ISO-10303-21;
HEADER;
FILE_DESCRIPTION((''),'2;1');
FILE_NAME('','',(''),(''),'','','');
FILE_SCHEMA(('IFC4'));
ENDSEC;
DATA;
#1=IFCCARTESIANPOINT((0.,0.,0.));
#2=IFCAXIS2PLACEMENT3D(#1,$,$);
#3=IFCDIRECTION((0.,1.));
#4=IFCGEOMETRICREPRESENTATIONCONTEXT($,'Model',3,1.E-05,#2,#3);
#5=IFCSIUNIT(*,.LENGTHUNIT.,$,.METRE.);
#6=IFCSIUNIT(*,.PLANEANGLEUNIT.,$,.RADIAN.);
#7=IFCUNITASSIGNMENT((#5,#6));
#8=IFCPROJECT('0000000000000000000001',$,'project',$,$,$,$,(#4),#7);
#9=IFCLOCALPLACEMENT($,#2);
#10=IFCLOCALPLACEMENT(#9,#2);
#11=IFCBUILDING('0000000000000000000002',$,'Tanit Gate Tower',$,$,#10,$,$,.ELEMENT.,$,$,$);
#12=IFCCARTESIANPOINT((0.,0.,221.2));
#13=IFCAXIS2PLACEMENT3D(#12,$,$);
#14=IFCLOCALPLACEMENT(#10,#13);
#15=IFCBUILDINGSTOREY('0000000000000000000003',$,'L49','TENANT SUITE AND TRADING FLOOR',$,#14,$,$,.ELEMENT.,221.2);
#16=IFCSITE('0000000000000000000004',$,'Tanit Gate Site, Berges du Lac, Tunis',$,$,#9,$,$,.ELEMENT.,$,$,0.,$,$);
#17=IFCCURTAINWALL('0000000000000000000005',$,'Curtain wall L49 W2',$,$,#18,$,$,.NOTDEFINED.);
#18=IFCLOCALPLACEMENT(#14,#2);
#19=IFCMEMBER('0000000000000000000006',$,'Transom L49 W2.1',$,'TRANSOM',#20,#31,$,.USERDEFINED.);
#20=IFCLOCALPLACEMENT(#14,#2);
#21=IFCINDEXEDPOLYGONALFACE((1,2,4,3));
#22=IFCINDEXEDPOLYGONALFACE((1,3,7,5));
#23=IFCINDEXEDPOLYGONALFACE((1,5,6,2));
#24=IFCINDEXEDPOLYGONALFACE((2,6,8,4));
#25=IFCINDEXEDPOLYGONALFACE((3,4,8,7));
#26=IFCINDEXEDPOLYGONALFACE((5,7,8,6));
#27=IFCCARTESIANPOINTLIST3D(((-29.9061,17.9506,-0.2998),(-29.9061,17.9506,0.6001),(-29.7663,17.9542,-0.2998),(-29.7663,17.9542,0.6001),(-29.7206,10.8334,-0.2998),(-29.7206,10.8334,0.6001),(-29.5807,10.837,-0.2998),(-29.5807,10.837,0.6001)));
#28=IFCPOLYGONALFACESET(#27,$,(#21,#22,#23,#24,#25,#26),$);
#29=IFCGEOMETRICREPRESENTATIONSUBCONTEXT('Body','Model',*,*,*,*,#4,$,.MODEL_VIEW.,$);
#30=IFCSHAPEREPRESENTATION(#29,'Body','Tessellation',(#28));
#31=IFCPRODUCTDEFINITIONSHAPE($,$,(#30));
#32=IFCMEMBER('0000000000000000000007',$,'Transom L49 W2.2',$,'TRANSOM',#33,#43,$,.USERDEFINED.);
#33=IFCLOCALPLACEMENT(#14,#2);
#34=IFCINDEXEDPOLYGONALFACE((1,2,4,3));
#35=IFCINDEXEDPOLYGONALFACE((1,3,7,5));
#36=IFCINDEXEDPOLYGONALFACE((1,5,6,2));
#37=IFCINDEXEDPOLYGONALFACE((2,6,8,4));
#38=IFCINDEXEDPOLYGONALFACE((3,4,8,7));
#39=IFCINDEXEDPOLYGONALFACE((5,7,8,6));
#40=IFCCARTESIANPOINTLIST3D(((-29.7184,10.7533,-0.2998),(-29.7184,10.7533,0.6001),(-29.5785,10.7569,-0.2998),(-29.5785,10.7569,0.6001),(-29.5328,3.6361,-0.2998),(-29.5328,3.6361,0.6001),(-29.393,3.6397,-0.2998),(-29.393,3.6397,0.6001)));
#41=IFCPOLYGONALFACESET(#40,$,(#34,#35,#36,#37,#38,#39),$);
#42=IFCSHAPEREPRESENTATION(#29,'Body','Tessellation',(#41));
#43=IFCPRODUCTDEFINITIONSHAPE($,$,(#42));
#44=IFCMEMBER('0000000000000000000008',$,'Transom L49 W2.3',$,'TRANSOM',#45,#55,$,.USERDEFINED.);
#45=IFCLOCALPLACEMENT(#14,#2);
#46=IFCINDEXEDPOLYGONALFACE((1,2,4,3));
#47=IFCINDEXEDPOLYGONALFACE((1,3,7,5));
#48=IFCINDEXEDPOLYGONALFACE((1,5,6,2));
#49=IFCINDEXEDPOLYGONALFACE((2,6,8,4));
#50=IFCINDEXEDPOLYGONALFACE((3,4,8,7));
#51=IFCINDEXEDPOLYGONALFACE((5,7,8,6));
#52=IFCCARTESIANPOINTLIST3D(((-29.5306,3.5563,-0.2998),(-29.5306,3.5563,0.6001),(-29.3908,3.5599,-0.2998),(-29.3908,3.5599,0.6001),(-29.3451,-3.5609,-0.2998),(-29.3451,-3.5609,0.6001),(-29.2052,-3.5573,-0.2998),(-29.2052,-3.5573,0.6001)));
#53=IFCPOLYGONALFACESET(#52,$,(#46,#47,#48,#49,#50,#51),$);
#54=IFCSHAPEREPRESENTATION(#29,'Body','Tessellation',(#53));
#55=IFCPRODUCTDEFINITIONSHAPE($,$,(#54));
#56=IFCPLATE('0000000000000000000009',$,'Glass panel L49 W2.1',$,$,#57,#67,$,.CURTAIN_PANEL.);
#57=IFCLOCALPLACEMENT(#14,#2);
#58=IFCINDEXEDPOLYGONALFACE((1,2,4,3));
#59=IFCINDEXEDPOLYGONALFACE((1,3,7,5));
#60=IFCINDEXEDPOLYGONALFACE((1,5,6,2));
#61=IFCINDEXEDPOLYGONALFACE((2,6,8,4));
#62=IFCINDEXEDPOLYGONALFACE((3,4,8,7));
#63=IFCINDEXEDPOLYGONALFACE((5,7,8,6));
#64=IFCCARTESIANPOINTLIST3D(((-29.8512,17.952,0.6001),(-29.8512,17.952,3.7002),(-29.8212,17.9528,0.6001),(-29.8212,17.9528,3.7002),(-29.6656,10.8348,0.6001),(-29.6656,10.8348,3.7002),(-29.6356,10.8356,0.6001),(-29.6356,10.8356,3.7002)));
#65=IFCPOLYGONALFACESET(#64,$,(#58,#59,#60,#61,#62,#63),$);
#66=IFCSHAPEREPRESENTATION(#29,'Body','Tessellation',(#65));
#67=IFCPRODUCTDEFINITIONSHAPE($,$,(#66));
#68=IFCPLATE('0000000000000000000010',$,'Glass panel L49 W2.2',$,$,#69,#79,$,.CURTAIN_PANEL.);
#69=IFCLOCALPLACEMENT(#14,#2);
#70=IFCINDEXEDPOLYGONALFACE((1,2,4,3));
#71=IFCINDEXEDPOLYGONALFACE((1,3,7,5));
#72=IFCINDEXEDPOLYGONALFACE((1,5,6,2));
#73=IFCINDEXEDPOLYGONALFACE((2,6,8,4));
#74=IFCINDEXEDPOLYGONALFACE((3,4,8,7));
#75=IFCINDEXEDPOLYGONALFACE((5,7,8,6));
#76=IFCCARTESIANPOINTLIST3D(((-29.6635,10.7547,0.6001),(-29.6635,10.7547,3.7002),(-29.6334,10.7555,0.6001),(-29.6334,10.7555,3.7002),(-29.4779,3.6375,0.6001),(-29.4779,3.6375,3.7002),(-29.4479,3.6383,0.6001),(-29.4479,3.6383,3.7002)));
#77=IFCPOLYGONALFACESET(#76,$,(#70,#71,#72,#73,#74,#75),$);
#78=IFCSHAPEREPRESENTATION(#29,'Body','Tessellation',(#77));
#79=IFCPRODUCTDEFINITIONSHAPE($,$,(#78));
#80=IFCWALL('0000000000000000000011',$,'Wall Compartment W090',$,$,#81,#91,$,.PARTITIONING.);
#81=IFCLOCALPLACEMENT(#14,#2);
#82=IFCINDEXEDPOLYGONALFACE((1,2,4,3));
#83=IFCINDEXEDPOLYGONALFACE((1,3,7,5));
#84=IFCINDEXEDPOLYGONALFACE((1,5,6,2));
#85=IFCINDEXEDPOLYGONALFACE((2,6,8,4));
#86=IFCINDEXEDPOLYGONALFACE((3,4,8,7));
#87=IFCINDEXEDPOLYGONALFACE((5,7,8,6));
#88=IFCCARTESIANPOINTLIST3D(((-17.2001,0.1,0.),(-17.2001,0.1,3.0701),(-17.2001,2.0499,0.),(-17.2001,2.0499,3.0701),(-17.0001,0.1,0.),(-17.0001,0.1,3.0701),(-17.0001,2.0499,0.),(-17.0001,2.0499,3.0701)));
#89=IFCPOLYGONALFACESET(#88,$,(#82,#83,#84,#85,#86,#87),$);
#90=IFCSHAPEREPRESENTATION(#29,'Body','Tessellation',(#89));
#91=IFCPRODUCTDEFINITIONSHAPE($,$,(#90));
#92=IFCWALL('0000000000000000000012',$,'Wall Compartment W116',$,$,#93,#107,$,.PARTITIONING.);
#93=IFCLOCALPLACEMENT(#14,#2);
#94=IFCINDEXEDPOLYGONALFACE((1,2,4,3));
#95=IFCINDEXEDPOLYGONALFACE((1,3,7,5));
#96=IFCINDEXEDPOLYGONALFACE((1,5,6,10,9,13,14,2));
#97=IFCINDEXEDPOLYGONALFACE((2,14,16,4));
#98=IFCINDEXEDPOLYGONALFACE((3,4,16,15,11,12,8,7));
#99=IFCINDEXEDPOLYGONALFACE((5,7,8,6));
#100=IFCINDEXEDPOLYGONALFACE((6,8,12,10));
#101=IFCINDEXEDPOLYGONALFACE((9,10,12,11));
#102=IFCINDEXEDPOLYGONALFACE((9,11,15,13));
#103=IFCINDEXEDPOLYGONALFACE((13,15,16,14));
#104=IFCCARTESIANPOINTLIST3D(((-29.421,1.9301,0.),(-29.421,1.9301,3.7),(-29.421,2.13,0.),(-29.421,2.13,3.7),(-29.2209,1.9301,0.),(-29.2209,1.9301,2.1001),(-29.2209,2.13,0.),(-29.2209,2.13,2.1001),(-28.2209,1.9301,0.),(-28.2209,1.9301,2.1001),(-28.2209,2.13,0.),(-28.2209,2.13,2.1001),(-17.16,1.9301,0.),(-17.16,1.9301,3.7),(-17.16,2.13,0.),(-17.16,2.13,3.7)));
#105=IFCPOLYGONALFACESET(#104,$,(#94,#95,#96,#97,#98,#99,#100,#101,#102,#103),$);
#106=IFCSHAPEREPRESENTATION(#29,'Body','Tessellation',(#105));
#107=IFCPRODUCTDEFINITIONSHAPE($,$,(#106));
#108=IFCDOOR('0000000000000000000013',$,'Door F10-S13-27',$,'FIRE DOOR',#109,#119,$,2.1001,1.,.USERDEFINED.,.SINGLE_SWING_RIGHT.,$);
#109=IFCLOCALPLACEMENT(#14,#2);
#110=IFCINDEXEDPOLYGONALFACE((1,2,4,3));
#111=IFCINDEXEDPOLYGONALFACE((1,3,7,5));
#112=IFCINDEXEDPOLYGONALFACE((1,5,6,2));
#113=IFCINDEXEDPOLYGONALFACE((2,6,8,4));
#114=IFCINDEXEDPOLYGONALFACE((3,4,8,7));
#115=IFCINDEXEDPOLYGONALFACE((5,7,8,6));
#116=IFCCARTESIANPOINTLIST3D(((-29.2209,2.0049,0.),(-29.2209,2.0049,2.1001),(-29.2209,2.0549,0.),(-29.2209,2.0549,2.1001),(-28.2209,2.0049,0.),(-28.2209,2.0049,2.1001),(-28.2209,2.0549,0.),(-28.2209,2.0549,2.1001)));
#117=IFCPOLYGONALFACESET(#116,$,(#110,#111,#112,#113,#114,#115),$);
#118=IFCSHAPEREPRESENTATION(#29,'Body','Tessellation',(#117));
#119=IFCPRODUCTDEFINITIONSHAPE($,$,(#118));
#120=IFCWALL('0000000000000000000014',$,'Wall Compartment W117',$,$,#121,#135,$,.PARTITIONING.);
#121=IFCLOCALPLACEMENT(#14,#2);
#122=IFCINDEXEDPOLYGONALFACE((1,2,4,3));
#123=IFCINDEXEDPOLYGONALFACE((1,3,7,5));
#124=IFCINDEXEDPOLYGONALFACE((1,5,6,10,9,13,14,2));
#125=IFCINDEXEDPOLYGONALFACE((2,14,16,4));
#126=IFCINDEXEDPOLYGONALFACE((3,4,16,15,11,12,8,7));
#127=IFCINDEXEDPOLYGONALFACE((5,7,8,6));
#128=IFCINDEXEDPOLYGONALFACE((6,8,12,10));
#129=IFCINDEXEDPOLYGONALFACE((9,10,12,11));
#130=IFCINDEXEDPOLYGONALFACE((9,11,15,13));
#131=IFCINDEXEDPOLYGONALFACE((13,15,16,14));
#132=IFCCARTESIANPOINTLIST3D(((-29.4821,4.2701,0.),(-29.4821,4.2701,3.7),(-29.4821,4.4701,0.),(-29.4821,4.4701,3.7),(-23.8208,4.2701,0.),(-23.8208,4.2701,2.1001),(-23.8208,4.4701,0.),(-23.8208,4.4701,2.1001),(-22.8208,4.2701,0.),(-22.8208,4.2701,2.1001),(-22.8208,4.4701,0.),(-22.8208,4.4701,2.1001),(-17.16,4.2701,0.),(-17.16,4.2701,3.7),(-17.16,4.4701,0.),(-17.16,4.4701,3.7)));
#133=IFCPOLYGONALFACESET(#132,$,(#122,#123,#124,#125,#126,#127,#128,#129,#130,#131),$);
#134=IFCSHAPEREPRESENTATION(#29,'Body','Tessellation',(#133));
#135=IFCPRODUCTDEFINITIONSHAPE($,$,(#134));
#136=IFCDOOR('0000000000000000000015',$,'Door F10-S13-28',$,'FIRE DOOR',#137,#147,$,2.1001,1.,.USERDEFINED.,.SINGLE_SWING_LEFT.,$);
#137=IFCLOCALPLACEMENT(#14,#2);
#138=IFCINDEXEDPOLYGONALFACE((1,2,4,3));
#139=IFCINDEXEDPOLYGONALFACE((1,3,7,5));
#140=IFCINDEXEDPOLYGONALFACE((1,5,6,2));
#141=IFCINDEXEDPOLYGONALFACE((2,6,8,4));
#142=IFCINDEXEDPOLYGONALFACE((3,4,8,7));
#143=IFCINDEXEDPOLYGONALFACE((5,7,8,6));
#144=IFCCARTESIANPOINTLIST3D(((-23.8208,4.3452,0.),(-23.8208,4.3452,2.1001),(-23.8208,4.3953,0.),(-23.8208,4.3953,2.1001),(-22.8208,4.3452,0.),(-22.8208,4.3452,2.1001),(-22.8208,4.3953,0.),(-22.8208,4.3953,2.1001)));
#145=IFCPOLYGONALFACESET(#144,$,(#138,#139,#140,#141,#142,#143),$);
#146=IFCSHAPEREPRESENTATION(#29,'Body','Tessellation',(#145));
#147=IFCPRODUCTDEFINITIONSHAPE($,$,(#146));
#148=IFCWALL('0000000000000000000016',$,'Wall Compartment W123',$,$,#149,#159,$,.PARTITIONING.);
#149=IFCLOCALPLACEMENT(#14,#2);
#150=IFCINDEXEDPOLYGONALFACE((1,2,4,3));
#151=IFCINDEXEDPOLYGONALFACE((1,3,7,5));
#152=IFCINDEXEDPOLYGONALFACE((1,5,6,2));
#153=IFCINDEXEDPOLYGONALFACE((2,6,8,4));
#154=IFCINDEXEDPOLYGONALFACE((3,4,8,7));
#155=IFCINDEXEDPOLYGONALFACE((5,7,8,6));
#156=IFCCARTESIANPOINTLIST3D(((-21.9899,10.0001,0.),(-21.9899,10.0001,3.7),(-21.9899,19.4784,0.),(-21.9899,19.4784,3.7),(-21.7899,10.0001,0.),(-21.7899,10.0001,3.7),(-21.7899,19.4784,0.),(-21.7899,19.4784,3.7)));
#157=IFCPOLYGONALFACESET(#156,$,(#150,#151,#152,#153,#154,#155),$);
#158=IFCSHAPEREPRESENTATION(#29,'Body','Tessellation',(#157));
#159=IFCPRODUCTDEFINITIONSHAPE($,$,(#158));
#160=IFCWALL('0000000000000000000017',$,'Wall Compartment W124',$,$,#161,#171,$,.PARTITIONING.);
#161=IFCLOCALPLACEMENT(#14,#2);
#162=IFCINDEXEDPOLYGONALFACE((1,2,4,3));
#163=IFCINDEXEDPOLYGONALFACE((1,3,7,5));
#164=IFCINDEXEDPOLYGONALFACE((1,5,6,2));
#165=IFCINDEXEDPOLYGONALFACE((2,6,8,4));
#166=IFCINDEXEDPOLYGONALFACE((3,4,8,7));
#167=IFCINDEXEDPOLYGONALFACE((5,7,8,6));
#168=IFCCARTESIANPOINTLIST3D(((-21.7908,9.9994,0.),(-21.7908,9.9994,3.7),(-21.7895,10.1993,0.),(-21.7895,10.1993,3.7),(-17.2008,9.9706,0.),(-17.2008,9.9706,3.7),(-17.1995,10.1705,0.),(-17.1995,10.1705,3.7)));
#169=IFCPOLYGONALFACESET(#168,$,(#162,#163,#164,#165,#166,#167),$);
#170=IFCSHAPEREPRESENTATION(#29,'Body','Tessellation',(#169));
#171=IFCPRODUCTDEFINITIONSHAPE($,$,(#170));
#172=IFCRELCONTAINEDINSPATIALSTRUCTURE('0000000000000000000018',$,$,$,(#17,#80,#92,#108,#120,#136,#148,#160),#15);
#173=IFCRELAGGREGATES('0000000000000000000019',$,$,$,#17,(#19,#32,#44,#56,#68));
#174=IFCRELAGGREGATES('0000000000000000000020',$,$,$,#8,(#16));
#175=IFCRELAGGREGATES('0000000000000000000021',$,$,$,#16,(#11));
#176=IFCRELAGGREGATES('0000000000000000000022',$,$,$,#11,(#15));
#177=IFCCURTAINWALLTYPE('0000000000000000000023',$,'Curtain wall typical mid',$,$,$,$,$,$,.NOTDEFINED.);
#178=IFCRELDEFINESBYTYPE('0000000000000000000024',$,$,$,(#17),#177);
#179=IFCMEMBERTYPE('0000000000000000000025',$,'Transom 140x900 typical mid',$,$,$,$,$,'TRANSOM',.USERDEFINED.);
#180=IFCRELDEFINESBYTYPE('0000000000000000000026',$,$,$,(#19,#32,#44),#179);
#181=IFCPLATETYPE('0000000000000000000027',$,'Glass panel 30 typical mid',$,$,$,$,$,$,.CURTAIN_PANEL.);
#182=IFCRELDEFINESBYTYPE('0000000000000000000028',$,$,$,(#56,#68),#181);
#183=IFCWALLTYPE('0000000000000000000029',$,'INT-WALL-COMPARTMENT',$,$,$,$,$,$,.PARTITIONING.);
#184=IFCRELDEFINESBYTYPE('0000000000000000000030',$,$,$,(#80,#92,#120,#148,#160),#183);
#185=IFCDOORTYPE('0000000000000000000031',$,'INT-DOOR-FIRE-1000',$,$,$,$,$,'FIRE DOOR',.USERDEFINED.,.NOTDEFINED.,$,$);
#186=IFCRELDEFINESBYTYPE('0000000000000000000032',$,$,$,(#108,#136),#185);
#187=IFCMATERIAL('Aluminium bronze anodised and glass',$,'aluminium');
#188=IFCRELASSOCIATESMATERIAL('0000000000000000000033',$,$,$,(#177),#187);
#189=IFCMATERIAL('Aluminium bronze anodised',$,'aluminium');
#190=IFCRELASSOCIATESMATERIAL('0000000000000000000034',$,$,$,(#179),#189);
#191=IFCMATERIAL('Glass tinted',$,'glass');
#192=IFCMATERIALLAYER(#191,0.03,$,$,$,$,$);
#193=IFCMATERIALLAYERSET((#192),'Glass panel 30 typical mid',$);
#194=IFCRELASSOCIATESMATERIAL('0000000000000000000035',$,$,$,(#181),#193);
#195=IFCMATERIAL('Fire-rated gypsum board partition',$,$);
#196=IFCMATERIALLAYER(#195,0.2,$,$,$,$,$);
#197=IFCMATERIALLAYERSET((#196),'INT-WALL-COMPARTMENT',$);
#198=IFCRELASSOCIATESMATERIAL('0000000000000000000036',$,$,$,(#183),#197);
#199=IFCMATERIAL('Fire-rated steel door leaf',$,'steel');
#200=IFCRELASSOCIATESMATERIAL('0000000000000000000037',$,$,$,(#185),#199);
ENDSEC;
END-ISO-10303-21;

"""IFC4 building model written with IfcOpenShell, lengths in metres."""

from ifc_helpers import new_model, si_unit, direction, frame, frame_2d, origin, origin_2d, place, context, subcontext, project, spatial, rectangle, extrude, material, layer, layer_set, material_profile, profile_set, type_object, element, fill, aggregate, save


model = new_model("IFC4")

# Units and contexts
model_context = context("Model", 3, precision=1e-05, world=origin(), true_north=direction((0.0, 1.0)))
body_context = subcontext(model_context, "Body", "Model", "MODEL_VIEW")
ifc_project = project(units=[si_unit("LENGTHUNIT", "METRE"), si_unit("PLANEANGLEUNIT", "RADIAN")], contexts=[model_context])

# Site, building, storey
site_placement = place(None, origin())
site = spatial("IfcSite", under=ifc_project, at=site_placement, Name="Tanit Gate Site, Berges du Lac, Tunis", CompositionType="ELEMENT", RefElevation=0.0)
building_placement = place(site_placement, origin())
building = spatial("IfcBuilding", under=site, at=building_placement, Name="Tanit Gate Tower", CompositionType="ELEMENT")
storey_placement = place(building_placement, frame((0.0, 0.0, 221.2)))
storey = spatial("IfcBuildingStorey", under=building, at=storey_placement, Name="L49", Description="TENANT SUITE AND TRADING FLOOR", CompositionType="ELEMENT", Elevation=221.2)

# Curtain wall
ifc_material_1 = material(Name="Aluminium bronze anodised and glass", Category="aluminium")
curtain_wall_type = type_object("IfcCurtainWallType", Name="Curtain wall typical mid", PredefinedType="NOTDEFINED", material=ifc_material_1)
curtain_wall_1_placement = place(storey_placement, origin())
curtain_wall_1 = element("IfcCurtainWall", 1, at=curtain_wall_1_placement, inside=storey, type_object=curtain_wall_type, Name="Curtain wall L49 W2", PredefinedType="NOTDEFINED")

# Members
ifc_material_2 = material(Name="Aluminium bronze anodised", Category="aluminium")
ifc_material_profile_1 = material_profile(ifc_material_2, rectangle(XDim=0.1399, YDim=0.8999, at=origin_2d()), Name="140x900 bronze transom")
ifc_profile_set_1 = profile_set([ifc_material_profile_1], Name="Aluminium bronze anodised")
member_type_1 = type_object("IfcMemberType", Name="Transom 140x900 typical mid", ElementType="TRANSOM", PredefinedType="USERDEFINED", material=ifc_profile_set_1)
member_1_placement = place(storey_placement, frame((-29.8362, 17.9524, 0.1501), z_axis=(0.026061, -0.99966, 0.0), x_axis=(0.99966, 0.026061, 0.0)))
member_1 = element("IfcMember", 2, at=member_1_placement, type_object=member_type_1, Name="Transom L49 W2.1", ObjectType="TRANSOM", PredefinedType="USERDEFINED", context=body_context, shape_type="SweptSolid", body=[
    extrude(rectangle(XDim=0.1399, YDim=0.8999, at=origin_2d()), origin(), (0.0, 0.0, 1.0), 7.1196),
])
member_2_placement = place(storey_placement, frame((-29.6484, 10.7551, 0.1501), z_axis=(0.026061, -0.99966, 0.0), x_axis=(0.99966, 0.026061, 0.0)))
member_2 = element("IfcMember", 3, at=member_2_placement, type_object=member_type_1, Name="Transom L49 W2.2", ObjectType="TRANSOM", PredefinedType="USERDEFINED", context=body_context, shape_type="SweptSolid", body=[
    extrude(rectangle(XDim=0.1399, YDim=0.8999, at=origin_2d()), origin(), (0.0, 0.0, 1.0), 7.1196),
])
member_3_placement = place(storey_placement, frame((-29.4607, 3.5581, 0.1501), z_axis=(0.026061, -0.99966, 0.0), x_axis=(0.99966, 0.026061, 0.0)))
member_3 = element("IfcMember", 4, at=member_3_placement, type_object=member_type_1, Name="Transom L49 W2.3", ObjectType="TRANSOM", PredefinedType="USERDEFINED", context=body_context, shape_type="SweptSolid", body=[
    extrude(rectangle(XDim=0.1399, YDim=0.8999, at=origin_2d()), origin(), (0.0, 0.0, 1.0), 7.1196),
])

# Plates
ifc_material_3 = material(Name="Glass tinted", Category="glass")
ifc_layer_1 = layer(ifc_material_3, 0.03)
ifc_layer_set_1 = layer_set([ifc_layer_1], Name="Glass panel 30 typical mid")
plate_type = type_object("IfcPlateType", Name="Glass panel 30 typical mid", PredefinedType="CURTAIN_PANEL", material=ifc_layer_set_1)
plate_1_placement = place(storey_placement, frame((-29.7434, 14.3938, 0.6001), z_axis=(0.0, 0.0, 1.0), x_axis=(0.026063, -0.99966, 0.0)))
plate_1 = element("IfcPlate", 5, at=plate_1_placement, type_object=plate_type, Name="Glass panel L49 W2.1", PredefinedType="CURTAIN_PANEL", context=body_context, shape_type="SweptSolid", body=[
    extrude(rectangle(XDim=7.1196, YDim=0.03, at=origin_2d()), origin(), (0.0, 0.0, 1.0), 3.1001),
])
plate_2_placement = place(storey_placement, frame((-29.5557, 7.1965, 0.6001), z_axis=(0.0, 0.0, 1.0), x_axis=(0.026063, -0.99966, 0.0)))
plate_2 = element("IfcPlate", 6, at=plate_2_placement, type_object=plate_type, Name="Glass panel L49 W2.2", PredefinedType="CURTAIN_PANEL", context=body_context, shape_type="SweptSolid", body=[
    extrude(rectangle(XDim=7.1196, YDim=0.03, at=origin_2d()), origin(), (0.0, 0.0, 1.0), 3.1001),
])
aggregate(curtain_wall_1, [member_1, member_2, member_3, plate_1, plate_2])

# Wall
ifc_material_4 = material(Name="Fire-rated gypsum board partition")
ifc_layer_2 = layer(ifc_material_4, 0.2)
ifc_layer_set_2 = layer_set([ifc_layer_2], Name="INT-WALL-COMPARTMENT")
wall_type_1 = type_object("IfcWallType", Name="INT-WALL-COMPARTMENT", PredefinedType="PARTITIONING", material=ifc_layer_set_2)
wall_1_placement = place(storey_placement, frame((-17.1001, 2.05, 0.0), z_axis=(0.0, 0.0, 1.0), x_axis=(0.0, -1.0, 0.0)))
element("IfcWall", 7, at=wall_1_placement, inside=storey, type_object=wall_type_1, Name="Wall Compartment W090", PredefinedType="PARTITIONING", context=body_context, shape_type="SweptSolid", body=[
    extrude(rectangle(XDim=1.95, YDim=0.2, at=frame_2d((0.9751, 0.0))), origin(), (0.0, 0.0, 1.0), 3.0701),
])

# Walls, openings, doors
wall_2_placement = place(storey_placement, frame((-29.4209, 2.03, 0.0), z_axis=(0.0, 0.0, 1.0), x_axis=(1.0, 0.0, 0.0)))
wall_2 = element("IfcWall", 8, at=wall_2_placement, inside=storey, type_object=wall_type_1, Name="Wall Compartment W116", PredefinedType="PARTITIONING", context=body_context, shape_type="SweptSolid", body=[
    extrude(rectangle(XDim=12.261, YDim=0.2, at=frame_2d((6.1304, 0.0))), origin(), (0.0, 0.0, 1.0), 3.7),
])
opening_1_placement = place(wall_2_placement, frame((0.2, 0.0, 0.0)))
opening_1 = element("IfcOpeningElement", 9, at=opening_1_placement, cuts=wall_2, PredefinedType="OPENING", context=body_context, shape_type="SweptSolid", body=[
    extrude(rectangle(XDim=1.0, YDim=2.1001, at=frame_2d((0.5, 1.05))), frame((0.0, 0.1099, 0.0), z_axis=(0.0, -1.0, 0.0), x_axis=(1.0, 0.0, 0.0)), (0.0, 0.0, 1.0), 0.22),
])
ifc_material_5 = material(Name="Fire-rated steel door leaf", Category="steel")
door_type_1 = type_object("IfcDoorType", Name="INT-DOOR-FIRE-1000", ElementType="FIRE DOOR", OperationType="NOTDEFINED", PredefinedType="USERDEFINED", material=ifc_material_5)
door_1_placement = place(opening_1_placement, origin())
door_1 = element("IfcDoor", 10, at=door_1_placement, inside=storey, type_object=door_type_1, Name="Door F10-S13-27", ObjectType="FIRE DOOR", OperationType="SINGLE_SWING_RIGHT", OverallHeight=2.1001, OverallWidth=1.0, PredefinedType="USERDEFINED", context=body_context, shape_type="SweptSolid", body=[
    extrude(rectangle(XDim=1.0, YDim=2.1001, at=frame_2d((0.5, 1.05))), frame((0.0, 0.0249, 0.0), z_axis=(0.0, -1.0, 0.0), x_axis=(1.0, 0.0, 0.0)), (0.0, 0.0, 1.0), 0.05),
])
fill(opening_1, door_1)
wall_3_placement = place(storey_placement, frame((-17.1599, 4.3701, 0.0), z_axis=(0.0, 0.0, 1.0), x_axis=(-1.0, 0.0, 0.0)))
wall_3 = element("IfcWall", 11, at=wall_3_placement, inside=storey, type_object=wall_type_1, Name="Wall Compartment W117", PredefinedType="PARTITIONING", context=body_context, shape_type="SweptSolid", body=[
    extrude(rectangle(XDim=12.322, YDim=0.2, at=frame_2d((6.1611, 0.0))), origin(), (0.0, 0.0, 1.0), 3.7),
])
opening_2_placement = place(wall_3_placement, frame((5.6609, 0.0, 0.0)))
opening_2 = element("IfcOpeningElement", 12, at=opening_2_placement, cuts=wall_3, PredefinedType="OPENING", context=body_context, shape_type="SweptSolid", body=[
    extrude(rectangle(XDim=1.0, YDim=2.1001, at=frame_2d((0.5, 1.05))), frame((0.0, 0.1099, 0.0), z_axis=(0.0, -1.0, 0.0), x_axis=(1.0, 0.0, 0.0)), (0.0, 0.0, 1.0), 0.22),
])
door_2_placement = place(opening_2_placement, origin())
door_2 = element("IfcDoor", 13, at=door_2_placement, inside=storey, type_object=door_type_1, Name="Door F10-S13-28", ObjectType="FIRE DOOR", OperationType="SINGLE_SWING_LEFT", OverallHeight=2.1001, OverallWidth=1.0, PredefinedType="USERDEFINED", context=body_context, shape_type="SweptSolid", body=[
    extrude(rectangle(XDim=1.0, YDim=2.1001, at=frame_2d((0.5, 1.05))), frame((0.0, 0.0249, 0.0), z_axis=(0.0, -1.0, 0.0), x_axis=(1.0, 0.0, 0.0)), (0.0, 0.0, 1.0), 0.05),
])
fill(opening_2, door_2)

# Walls
wall_4_placement = place(storey_placement, frame((-21.8899, 10.0, 0.0), z_axis=(0.0, 0.0, 1.0), x_axis=(0.0, 1.0, 0.0)))
element("IfcWall", 14, at=wall_4_placement, inside=storey, type_object=wall_type_1, Name="Wall Compartment W123", PredefinedType="PARTITIONING", context=body_context, shape_type="SweptSolid", body=[
    extrude(rectangle(XDim=9.4783, YDim=0.2, at=frame_2d((4.7393, 0.0))), origin(), (0.0, 0.0, 1.0), 3.7),
])
wall_5_placement = place(storey_placement, frame((-21.79, 10.0994, 0.0), z_axis=(0.0, 0.0, 1.0), x_axis=(0.99998, -0.006276, 0.0)))
element("IfcWall", 15, at=wall_5_placement, inside=storey, type_object=wall_type_1, Name="Wall Compartment W124", PredefinedType="PARTITIONING", context=body_context, shape_type="SweptSolid", body=[
    extrude(rectangle(XDim=4.5901, YDim=0.2, at=frame_2d((2.2949, 0.0))), origin(), (0.0, 0.0, 1.0), 3.7),
])

save(model, "model.ifc")
